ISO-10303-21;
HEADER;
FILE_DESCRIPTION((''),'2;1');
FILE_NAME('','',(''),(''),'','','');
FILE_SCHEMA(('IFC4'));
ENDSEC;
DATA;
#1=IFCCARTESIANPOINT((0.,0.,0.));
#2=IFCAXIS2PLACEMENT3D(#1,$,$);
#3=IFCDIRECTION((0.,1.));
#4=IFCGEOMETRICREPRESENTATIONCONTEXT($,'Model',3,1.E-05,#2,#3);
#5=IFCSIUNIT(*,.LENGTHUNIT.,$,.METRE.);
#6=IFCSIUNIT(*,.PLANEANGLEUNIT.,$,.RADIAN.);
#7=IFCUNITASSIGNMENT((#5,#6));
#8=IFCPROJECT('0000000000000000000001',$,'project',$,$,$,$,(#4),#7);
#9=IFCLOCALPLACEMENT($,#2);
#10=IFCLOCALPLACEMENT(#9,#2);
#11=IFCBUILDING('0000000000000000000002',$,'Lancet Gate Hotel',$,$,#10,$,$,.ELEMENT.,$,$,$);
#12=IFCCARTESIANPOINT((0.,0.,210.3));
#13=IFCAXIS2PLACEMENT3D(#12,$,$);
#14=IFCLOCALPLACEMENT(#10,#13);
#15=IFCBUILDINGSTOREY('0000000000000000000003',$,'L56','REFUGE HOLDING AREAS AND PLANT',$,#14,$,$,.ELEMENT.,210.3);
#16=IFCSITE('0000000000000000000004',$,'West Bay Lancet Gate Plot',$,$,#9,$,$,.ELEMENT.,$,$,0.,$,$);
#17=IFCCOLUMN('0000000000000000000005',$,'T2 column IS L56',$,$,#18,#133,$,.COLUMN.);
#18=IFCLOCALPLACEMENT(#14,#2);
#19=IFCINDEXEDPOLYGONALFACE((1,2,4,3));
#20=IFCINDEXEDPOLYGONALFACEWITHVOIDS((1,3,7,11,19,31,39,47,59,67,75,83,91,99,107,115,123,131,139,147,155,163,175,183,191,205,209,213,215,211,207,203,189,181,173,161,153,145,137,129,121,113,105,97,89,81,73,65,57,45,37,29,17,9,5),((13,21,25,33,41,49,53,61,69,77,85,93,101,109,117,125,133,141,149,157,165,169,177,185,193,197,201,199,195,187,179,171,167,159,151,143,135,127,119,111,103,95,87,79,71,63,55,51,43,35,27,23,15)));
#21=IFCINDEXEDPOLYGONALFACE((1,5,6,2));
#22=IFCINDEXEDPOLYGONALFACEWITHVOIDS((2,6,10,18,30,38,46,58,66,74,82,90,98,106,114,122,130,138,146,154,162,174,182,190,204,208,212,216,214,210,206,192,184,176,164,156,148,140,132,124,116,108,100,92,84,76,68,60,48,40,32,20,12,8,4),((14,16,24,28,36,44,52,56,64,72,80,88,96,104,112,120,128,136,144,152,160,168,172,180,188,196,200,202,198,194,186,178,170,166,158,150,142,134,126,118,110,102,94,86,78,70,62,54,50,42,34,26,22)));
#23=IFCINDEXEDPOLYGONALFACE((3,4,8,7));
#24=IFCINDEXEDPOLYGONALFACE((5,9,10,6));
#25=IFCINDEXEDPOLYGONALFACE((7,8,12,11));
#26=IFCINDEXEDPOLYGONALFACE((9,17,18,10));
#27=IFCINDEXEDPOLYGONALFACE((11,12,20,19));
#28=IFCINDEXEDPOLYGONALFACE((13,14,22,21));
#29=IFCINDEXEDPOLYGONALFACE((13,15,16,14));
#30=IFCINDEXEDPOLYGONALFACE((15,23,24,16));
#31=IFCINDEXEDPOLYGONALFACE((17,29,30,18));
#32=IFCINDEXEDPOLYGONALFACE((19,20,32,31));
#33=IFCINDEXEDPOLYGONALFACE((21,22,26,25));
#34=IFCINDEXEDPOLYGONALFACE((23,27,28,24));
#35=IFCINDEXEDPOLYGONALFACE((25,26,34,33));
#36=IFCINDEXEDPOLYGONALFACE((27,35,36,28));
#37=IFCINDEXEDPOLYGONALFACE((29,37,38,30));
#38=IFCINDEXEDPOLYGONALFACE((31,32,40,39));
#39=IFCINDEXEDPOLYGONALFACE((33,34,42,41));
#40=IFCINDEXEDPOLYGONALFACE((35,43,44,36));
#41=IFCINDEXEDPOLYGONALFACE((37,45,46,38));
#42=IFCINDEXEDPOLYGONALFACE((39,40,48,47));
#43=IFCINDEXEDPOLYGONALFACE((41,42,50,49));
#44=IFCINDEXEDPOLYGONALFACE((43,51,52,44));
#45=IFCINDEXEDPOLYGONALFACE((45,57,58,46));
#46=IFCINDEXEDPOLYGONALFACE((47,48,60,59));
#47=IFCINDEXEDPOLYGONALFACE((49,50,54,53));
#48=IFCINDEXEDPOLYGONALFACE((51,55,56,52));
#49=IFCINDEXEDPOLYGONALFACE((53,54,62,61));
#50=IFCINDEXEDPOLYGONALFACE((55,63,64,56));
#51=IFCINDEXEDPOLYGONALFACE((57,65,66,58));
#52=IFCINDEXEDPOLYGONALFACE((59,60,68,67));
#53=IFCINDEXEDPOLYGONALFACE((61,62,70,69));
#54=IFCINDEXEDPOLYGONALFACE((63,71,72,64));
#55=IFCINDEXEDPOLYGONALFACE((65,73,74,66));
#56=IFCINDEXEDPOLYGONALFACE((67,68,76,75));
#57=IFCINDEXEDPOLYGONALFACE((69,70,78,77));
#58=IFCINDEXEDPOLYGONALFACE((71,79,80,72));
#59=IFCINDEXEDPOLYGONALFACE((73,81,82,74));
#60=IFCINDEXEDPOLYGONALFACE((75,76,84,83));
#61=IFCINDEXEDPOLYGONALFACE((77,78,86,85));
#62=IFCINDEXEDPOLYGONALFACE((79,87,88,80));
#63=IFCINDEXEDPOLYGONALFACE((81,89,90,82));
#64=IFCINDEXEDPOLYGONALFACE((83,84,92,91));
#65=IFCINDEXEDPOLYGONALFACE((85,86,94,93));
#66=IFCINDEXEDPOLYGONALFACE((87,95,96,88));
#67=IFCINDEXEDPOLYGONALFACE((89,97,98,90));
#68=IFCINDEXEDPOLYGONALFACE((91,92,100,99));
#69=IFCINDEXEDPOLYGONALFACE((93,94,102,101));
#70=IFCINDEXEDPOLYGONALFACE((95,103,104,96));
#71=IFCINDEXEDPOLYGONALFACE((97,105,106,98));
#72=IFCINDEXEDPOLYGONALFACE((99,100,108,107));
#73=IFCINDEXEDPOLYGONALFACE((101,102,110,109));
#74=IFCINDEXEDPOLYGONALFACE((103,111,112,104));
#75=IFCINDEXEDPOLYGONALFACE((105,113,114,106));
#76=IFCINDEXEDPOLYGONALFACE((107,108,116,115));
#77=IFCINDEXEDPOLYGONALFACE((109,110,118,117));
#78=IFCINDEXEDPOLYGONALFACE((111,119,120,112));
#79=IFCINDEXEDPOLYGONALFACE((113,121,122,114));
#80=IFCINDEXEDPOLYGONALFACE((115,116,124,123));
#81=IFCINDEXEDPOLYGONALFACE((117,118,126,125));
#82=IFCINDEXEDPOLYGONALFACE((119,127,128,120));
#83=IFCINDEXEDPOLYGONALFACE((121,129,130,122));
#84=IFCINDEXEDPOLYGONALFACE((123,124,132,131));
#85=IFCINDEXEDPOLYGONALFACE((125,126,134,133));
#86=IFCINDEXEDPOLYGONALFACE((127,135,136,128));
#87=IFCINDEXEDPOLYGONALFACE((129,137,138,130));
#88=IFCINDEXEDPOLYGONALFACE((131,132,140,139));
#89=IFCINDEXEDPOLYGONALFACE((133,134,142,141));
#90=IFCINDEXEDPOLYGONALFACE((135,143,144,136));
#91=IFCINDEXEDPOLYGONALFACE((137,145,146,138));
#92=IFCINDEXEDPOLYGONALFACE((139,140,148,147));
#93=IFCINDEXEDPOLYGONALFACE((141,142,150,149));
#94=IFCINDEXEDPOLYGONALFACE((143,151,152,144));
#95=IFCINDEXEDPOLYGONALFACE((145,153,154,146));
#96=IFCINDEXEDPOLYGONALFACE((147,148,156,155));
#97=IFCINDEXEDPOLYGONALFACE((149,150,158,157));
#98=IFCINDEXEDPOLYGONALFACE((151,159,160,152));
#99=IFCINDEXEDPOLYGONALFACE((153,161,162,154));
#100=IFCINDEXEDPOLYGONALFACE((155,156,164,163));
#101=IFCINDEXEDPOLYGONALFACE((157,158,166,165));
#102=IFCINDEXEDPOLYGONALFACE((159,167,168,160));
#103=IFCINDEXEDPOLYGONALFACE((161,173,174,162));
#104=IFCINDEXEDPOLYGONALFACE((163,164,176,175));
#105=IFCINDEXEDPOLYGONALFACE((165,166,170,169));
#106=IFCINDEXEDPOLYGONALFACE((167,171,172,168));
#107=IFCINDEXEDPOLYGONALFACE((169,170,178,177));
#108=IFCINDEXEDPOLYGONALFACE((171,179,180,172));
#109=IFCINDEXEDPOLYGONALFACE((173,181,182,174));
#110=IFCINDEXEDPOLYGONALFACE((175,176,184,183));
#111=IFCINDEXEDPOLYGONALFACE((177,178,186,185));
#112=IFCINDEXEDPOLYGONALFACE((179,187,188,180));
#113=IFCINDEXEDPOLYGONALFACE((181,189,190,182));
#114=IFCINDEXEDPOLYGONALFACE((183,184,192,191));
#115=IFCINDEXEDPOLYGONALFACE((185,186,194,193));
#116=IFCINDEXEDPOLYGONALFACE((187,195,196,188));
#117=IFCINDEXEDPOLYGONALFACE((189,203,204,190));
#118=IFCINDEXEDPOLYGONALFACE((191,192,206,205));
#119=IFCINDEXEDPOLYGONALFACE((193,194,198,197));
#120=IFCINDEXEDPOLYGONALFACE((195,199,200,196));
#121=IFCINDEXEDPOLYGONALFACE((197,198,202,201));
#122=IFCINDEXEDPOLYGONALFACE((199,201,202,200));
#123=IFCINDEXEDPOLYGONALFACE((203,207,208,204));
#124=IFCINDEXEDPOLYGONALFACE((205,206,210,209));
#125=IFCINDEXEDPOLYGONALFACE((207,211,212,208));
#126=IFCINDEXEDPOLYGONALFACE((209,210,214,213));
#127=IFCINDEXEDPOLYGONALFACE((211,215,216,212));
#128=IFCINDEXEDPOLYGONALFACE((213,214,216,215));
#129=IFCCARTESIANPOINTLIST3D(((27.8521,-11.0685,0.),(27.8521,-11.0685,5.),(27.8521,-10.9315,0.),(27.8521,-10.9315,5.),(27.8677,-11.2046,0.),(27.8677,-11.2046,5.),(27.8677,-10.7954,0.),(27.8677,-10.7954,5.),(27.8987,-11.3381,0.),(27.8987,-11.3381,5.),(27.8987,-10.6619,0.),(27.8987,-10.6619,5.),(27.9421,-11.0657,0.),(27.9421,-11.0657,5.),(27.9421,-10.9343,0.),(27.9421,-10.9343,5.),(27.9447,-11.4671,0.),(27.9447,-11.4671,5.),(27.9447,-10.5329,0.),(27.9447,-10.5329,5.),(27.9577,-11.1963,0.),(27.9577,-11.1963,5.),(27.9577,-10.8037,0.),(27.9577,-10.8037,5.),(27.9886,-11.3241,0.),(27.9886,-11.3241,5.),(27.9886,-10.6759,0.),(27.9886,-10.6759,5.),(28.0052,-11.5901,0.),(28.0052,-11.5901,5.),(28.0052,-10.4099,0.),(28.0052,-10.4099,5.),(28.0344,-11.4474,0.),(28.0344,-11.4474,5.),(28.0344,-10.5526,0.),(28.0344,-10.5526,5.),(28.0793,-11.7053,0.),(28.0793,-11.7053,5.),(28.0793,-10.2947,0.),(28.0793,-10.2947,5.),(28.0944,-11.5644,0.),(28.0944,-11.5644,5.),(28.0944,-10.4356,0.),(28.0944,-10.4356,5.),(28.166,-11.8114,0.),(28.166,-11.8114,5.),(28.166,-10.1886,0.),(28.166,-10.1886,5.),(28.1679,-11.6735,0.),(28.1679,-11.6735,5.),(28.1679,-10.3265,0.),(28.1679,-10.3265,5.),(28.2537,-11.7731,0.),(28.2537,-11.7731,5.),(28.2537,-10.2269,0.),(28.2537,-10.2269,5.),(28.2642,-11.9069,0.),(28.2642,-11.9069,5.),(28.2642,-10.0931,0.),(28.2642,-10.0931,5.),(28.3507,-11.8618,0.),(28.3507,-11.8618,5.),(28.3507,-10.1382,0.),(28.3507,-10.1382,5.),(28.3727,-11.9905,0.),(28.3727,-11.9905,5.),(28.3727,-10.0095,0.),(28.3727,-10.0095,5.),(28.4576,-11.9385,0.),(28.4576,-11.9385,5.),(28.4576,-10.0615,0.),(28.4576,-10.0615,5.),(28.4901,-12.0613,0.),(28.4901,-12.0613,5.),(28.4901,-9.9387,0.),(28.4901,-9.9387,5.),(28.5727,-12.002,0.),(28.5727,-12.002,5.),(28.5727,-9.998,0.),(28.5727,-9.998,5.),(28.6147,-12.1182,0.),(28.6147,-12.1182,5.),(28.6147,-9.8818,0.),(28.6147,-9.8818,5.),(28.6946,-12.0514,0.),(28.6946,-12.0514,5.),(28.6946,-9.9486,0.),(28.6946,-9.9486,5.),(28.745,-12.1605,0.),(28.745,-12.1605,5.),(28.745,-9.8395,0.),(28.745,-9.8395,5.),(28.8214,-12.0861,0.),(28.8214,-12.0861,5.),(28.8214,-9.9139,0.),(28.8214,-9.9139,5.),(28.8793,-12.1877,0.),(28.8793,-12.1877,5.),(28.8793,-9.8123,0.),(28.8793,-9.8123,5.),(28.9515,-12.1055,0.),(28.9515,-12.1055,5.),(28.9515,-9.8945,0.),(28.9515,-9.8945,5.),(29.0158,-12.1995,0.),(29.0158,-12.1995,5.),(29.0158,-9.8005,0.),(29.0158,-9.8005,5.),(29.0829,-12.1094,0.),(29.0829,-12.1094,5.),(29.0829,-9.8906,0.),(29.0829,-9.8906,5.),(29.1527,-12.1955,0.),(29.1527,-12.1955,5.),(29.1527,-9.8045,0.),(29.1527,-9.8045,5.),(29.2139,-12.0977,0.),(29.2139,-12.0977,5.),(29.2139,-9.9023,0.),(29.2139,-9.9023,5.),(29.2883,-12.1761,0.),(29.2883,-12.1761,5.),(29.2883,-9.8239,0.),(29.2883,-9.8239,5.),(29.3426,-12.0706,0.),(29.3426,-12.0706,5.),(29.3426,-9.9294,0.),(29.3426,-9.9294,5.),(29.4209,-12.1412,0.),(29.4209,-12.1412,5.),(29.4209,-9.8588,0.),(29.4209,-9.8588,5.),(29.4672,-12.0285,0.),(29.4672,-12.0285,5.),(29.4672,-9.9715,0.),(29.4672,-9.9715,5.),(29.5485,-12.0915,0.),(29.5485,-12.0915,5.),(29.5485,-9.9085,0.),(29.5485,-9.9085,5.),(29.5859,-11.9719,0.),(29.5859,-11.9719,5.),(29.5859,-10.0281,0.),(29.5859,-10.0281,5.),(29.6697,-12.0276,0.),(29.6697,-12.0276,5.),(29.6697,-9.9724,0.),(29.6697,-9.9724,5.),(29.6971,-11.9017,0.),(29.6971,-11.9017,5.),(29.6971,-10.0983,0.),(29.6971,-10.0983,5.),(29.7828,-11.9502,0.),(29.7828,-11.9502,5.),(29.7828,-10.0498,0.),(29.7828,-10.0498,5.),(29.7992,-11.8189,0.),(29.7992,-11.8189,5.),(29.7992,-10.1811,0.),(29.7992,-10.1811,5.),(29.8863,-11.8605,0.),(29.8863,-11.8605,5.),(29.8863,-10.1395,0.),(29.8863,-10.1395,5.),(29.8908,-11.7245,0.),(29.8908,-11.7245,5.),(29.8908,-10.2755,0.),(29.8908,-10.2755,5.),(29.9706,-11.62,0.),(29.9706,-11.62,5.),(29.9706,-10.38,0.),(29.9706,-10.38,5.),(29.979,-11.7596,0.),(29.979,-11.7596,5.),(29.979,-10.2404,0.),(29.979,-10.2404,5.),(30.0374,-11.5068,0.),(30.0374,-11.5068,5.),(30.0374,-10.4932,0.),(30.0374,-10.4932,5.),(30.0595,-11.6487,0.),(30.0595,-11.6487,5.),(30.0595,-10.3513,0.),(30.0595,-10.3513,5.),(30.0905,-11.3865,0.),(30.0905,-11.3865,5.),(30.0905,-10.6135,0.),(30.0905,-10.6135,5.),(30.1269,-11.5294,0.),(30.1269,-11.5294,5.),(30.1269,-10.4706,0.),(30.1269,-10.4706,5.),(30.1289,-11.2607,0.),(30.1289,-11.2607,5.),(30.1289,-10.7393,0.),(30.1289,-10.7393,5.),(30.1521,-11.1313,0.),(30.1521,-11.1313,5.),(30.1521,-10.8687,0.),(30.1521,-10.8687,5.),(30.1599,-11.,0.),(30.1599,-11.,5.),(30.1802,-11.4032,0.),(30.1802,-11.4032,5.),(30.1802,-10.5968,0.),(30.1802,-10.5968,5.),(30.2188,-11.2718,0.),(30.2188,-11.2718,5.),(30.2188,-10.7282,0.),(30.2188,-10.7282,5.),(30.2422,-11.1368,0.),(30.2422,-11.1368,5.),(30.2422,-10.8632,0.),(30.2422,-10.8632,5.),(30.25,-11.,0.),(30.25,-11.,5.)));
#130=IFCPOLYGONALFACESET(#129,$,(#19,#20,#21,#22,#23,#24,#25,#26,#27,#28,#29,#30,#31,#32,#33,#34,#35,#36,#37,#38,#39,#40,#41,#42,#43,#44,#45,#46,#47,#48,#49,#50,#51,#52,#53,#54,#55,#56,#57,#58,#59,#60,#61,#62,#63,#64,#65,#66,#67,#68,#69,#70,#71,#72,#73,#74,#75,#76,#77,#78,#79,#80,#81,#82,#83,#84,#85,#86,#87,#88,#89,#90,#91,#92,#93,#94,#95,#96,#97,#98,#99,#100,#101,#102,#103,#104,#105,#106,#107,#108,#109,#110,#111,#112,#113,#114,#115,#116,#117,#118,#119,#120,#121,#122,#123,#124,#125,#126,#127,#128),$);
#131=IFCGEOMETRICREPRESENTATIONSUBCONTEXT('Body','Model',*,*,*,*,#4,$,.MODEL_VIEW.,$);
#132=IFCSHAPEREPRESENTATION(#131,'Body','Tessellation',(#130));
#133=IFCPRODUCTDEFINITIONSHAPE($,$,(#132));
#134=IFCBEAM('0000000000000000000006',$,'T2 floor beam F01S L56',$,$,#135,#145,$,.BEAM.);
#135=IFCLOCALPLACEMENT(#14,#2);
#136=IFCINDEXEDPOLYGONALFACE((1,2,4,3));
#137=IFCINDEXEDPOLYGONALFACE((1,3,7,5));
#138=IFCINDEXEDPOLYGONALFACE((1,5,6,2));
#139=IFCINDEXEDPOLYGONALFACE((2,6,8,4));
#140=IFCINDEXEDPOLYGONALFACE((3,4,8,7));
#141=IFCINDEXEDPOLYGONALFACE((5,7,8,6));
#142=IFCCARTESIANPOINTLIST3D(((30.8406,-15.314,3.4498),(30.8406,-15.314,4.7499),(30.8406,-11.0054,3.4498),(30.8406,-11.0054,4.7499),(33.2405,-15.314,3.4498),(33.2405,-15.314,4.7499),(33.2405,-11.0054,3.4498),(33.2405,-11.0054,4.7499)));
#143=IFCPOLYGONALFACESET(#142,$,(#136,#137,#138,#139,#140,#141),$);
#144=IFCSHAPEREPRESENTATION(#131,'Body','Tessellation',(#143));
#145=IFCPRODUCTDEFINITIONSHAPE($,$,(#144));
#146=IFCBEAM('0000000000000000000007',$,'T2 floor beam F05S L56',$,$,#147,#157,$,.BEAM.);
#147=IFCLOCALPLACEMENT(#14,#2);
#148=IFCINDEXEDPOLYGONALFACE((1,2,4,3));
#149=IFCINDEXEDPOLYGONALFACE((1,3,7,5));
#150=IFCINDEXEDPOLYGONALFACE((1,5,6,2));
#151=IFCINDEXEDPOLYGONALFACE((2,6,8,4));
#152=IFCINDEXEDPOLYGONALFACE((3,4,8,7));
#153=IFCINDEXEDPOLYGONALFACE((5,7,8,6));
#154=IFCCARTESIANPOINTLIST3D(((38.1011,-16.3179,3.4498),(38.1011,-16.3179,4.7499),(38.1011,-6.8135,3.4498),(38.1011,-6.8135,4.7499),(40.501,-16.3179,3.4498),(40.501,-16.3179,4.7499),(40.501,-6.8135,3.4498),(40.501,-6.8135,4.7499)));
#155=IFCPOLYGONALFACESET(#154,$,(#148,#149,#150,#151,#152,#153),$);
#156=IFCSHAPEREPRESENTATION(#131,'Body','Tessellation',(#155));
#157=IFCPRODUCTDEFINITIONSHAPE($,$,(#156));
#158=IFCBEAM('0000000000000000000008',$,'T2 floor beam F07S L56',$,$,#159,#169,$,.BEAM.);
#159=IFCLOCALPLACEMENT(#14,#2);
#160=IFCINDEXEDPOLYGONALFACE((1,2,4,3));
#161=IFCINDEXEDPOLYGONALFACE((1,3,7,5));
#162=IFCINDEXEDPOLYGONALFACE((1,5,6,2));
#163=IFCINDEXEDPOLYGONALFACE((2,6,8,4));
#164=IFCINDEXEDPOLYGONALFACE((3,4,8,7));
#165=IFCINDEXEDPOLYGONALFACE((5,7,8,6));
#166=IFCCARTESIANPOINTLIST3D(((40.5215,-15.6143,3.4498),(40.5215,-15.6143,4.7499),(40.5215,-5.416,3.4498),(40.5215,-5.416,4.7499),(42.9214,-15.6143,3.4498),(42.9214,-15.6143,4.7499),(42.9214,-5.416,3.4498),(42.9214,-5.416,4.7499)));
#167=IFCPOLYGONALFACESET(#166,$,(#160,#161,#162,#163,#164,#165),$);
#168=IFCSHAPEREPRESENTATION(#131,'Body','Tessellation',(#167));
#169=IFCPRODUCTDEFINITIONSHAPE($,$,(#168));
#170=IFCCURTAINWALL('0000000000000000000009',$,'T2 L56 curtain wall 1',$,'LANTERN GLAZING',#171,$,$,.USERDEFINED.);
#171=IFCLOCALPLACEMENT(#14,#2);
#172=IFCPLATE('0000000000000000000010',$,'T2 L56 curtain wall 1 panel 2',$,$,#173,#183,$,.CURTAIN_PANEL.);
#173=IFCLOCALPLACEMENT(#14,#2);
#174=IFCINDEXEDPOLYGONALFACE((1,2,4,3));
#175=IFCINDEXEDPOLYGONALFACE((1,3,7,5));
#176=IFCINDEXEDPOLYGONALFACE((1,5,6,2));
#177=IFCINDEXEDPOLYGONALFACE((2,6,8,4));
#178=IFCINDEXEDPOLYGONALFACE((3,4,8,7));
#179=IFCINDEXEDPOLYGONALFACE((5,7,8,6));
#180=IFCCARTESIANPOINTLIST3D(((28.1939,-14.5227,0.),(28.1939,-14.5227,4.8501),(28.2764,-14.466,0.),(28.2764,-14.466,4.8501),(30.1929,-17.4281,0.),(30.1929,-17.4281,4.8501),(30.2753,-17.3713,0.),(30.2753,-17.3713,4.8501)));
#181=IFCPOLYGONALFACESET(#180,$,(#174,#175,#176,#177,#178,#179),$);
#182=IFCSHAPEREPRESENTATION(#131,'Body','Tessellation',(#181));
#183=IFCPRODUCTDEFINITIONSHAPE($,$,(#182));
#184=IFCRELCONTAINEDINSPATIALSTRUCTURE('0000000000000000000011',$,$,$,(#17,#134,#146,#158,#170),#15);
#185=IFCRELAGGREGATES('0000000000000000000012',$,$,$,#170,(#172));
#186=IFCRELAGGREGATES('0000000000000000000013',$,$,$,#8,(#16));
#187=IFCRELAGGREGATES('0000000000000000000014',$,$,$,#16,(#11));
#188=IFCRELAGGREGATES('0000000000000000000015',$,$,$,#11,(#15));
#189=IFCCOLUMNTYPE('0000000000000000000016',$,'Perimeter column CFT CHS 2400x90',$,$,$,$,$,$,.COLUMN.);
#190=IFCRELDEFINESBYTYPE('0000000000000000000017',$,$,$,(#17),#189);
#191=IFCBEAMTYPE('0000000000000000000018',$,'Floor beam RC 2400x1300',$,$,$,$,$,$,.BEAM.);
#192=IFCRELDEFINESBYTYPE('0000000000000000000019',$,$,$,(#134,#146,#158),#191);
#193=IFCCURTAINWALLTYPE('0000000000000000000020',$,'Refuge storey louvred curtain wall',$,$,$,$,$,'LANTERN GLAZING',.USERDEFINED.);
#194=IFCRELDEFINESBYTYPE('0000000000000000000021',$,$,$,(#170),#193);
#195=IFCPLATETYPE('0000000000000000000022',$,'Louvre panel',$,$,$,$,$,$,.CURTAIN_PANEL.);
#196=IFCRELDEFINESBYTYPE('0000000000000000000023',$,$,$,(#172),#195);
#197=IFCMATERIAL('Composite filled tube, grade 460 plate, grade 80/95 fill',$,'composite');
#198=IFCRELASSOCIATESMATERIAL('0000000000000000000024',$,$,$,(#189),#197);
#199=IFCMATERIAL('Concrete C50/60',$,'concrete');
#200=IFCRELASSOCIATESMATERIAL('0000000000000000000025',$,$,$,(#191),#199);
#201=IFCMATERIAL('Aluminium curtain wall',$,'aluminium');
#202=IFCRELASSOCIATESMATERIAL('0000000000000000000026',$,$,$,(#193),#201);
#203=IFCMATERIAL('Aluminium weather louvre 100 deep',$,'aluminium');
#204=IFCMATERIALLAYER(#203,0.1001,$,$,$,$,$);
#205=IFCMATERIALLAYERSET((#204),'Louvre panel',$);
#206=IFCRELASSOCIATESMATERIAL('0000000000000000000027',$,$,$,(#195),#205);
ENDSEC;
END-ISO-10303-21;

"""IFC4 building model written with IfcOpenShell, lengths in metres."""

from ifc_helpers import new_model, si_unit, direction, frame, origin, origin_2d, place, context, subcontext, project, spatial, rectangle, hollow_circle, extrude, material, layer, layer_set, material_profile, profile_set, type_object, element, aggregate, save


model = new_model("IFC4")

# Units and contexts
model_context = context("Model", 3, precision=1e-05, world=origin(), true_north=direction((0.0, 1.0)))
body_context = subcontext(model_context, "Body", "Model", "MODEL_VIEW")
ifc_project = project(units=[si_unit("LENGTHUNIT", "METRE"), si_unit("PLANEANGLEUNIT", "RADIAN")], contexts=[model_context])

# Site, building, storey
site_placement = place(None, origin())
site = spatial("IfcSite", under=ifc_project, at=site_placement, Name="West Bay Lancet Gate Plot", CompositionType="ELEMENT", RefElevation=0.0)
building_placement = place(site_placement, origin())
building = spatial("IfcBuilding", under=site, at=building_placement, Name="Lancet Gate Hotel", CompositionType="ELEMENT")
storey_placement = place(building_placement, frame((0.0, 0.0, 210.3)))
storey = spatial("IfcBuildingStorey", under=building, at=storey_placement, Name="L56", Description="REFUGE HOLDING AREAS AND PLANT", CompositionType="ELEMENT", Elevation=210.3)

# Column
ifc_material_1 = material(Name="Composite filled tube, grade 460 plate, grade 80/95 fill", Category="composite")
ifc_material_profile_1 = material_profile(ifc_material_1, hollow_circle(Radius=1.2, WallThickness=0.0901, at=origin_2d()), Name="CHS 2400x90")
ifc_profile_set_1 = profile_set([ifc_material_profile_1], Name="Composite filled tube, grade 460 plate, grade 80/95 fill")
column_type = type_object("IfcColumnType", Name="Perimeter column CFT CHS 2400x90", PredefinedType="COLUMN", material=ifc_profile_set_1)
column_placement = place(storey_placement, frame((29.05, -11.0, 0.0), z_axis=(0.0, 0.0, 1.0), x_axis=(1.0, 0.0, 0.0)))
element("IfcColumn", 1, at=column_placement, inside=storey, type_object=column_type, Name="T2 column IS L56", PredefinedType="COLUMN", context=body_context, shape_type="SweptSolid", body=[
    extrude(hollow_circle(Radius=1.2, WallThickness=0.0901, at=origin_2d()), origin(), (0.0, 0.0, 1.0), 5.0),
])

# Beams
ifc_material_2 = material(Name="Concrete C50/60", Category="concrete")
ifc_material_profile_2 = material_profile(ifc_material_2, rectangle(XDim=2.3999, YDim=1.3, at=origin_2d()), Name="RC 2400x1300")
ifc_profile_set_2 = profile_set([ifc_material_profile_2], Name="Concrete C50/60")
beam_type = type_object("IfcBeamType", Name="Floor beam RC 2400x1300", PredefinedType="BEAM", material=ifc_profile_set_2)
beam_1_placement = place(storey_placement, frame((32.0405, -15.314, 4.0999), z_axis=(0.0, 1.0, 0.0), x_axis=(-1.0, 0.0, 0.0)))
element("IfcBeam", 2, at=beam_1_placement, inside=storey, type_object=beam_type, Name="T2 floor beam F01S L56", PredefinedType="BEAM", context=body_context, shape_type="SweptSolid", body=[
    extrude(rectangle(XDim=2.3999, YDim=1.3, at=origin_2d()), origin(), (0.0, 0.0, 1.0), 4.3086),
])
beam_2_placement = place(storey_placement, frame((39.301, -16.3179, 4.0999), z_axis=(0.0, 1.0, 0.0), x_axis=(-1.0, 0.0, 0.0)))
element("IfcBeam", 3, at=beam_2_placement, inside=storey, type_object=beam_type, Name="T2 floor beam F05S L56", PredefinedType="BEAM", context=body_context, shape_type="SweptSolid", body=[
    extrude(rectangle(XDim=2.3999, YDim=1.3, at=origin_2d()), origin(), (0.0, 0.0, 1.0), 9.5044),
])
beam_3_placement = place(storey_placement, frame((41.7214, -15.6143, 4.0999), z_axis=(0.0, 1.0, 0.0), x_axis=(-1.0, 0.0, 0.0)))
element("IfcBeam", 4, at=beam_3_placement, inside=storey, type_object=beam_type, Name="T2 floor beam F07S L56", PredefinedType="BEAM", context=body_context, shape_type="SweptSolid", body=[
    extrude(rectangle(XDim=2.3999, YDim=1.3, at=origin_2d()), origin(), (0.0, 0.0, 1.0), 10.1982),
])

# Curtain wall, plate
ifc_material_3 = material(Name="Aluminium curtain wall", Category="aluminium")
curtain_wall_type = type_object("IfcCurtainWallType", Name="Refuge storey louvred curtain wall", ElementType="LANTERN GLAZING", PredefinedType="USERDEFINED", material=ifc_material_3)
curtain_wall_placement = place(storey_placement, origin())
curtain_wall = element("IfcCurtainWall", 5, at=curtain_wall_placement, inside=storey, type_object=curtain_wall_type, Name="T2 L56 curtain wall 1", ObjectType="LANTERN GLAZING", PredefinedType="USERDEFINED")
ifc_material_4 = material(Name="Aluminium weather louvre 100 deep", Category="aluminium")
ifc_layer_1 = layer(ifc_material_4, 0.1001)
ifc_layer_set_1 = layer_set([ifc_layer_1], Name="Louvre panel")
plate_type = type_object("IfcPlateType", Name="Louvre panel", PredefinedType="CURTAIN_PANEL", material=ifc_layer_set_1)
plate_placement = place(storey_placement, frame((29.2346, -15.947, 0.0), z_axis=(0.0, 0.0, 1.0), x_axis=(0.566824, -0.823839, 0.0)))
plate = element("IfcPlate", 6, at=plate_placement, type_object=plate_type, Name="T2 L56 curtain wall 1 panel 2", PredefinedType="CURTAIN_PANEL", context=body_context, shape_type="SweptSolid", body=[
    extrude(rectangle(XDim=3.5266, YDim=0.1001, at=origin_2d()), origin(), (0.0, 0.0, 1.0), 4.8501),
])
aggregate(curtain_wall, [plate])

save(model, "model.ifc")
